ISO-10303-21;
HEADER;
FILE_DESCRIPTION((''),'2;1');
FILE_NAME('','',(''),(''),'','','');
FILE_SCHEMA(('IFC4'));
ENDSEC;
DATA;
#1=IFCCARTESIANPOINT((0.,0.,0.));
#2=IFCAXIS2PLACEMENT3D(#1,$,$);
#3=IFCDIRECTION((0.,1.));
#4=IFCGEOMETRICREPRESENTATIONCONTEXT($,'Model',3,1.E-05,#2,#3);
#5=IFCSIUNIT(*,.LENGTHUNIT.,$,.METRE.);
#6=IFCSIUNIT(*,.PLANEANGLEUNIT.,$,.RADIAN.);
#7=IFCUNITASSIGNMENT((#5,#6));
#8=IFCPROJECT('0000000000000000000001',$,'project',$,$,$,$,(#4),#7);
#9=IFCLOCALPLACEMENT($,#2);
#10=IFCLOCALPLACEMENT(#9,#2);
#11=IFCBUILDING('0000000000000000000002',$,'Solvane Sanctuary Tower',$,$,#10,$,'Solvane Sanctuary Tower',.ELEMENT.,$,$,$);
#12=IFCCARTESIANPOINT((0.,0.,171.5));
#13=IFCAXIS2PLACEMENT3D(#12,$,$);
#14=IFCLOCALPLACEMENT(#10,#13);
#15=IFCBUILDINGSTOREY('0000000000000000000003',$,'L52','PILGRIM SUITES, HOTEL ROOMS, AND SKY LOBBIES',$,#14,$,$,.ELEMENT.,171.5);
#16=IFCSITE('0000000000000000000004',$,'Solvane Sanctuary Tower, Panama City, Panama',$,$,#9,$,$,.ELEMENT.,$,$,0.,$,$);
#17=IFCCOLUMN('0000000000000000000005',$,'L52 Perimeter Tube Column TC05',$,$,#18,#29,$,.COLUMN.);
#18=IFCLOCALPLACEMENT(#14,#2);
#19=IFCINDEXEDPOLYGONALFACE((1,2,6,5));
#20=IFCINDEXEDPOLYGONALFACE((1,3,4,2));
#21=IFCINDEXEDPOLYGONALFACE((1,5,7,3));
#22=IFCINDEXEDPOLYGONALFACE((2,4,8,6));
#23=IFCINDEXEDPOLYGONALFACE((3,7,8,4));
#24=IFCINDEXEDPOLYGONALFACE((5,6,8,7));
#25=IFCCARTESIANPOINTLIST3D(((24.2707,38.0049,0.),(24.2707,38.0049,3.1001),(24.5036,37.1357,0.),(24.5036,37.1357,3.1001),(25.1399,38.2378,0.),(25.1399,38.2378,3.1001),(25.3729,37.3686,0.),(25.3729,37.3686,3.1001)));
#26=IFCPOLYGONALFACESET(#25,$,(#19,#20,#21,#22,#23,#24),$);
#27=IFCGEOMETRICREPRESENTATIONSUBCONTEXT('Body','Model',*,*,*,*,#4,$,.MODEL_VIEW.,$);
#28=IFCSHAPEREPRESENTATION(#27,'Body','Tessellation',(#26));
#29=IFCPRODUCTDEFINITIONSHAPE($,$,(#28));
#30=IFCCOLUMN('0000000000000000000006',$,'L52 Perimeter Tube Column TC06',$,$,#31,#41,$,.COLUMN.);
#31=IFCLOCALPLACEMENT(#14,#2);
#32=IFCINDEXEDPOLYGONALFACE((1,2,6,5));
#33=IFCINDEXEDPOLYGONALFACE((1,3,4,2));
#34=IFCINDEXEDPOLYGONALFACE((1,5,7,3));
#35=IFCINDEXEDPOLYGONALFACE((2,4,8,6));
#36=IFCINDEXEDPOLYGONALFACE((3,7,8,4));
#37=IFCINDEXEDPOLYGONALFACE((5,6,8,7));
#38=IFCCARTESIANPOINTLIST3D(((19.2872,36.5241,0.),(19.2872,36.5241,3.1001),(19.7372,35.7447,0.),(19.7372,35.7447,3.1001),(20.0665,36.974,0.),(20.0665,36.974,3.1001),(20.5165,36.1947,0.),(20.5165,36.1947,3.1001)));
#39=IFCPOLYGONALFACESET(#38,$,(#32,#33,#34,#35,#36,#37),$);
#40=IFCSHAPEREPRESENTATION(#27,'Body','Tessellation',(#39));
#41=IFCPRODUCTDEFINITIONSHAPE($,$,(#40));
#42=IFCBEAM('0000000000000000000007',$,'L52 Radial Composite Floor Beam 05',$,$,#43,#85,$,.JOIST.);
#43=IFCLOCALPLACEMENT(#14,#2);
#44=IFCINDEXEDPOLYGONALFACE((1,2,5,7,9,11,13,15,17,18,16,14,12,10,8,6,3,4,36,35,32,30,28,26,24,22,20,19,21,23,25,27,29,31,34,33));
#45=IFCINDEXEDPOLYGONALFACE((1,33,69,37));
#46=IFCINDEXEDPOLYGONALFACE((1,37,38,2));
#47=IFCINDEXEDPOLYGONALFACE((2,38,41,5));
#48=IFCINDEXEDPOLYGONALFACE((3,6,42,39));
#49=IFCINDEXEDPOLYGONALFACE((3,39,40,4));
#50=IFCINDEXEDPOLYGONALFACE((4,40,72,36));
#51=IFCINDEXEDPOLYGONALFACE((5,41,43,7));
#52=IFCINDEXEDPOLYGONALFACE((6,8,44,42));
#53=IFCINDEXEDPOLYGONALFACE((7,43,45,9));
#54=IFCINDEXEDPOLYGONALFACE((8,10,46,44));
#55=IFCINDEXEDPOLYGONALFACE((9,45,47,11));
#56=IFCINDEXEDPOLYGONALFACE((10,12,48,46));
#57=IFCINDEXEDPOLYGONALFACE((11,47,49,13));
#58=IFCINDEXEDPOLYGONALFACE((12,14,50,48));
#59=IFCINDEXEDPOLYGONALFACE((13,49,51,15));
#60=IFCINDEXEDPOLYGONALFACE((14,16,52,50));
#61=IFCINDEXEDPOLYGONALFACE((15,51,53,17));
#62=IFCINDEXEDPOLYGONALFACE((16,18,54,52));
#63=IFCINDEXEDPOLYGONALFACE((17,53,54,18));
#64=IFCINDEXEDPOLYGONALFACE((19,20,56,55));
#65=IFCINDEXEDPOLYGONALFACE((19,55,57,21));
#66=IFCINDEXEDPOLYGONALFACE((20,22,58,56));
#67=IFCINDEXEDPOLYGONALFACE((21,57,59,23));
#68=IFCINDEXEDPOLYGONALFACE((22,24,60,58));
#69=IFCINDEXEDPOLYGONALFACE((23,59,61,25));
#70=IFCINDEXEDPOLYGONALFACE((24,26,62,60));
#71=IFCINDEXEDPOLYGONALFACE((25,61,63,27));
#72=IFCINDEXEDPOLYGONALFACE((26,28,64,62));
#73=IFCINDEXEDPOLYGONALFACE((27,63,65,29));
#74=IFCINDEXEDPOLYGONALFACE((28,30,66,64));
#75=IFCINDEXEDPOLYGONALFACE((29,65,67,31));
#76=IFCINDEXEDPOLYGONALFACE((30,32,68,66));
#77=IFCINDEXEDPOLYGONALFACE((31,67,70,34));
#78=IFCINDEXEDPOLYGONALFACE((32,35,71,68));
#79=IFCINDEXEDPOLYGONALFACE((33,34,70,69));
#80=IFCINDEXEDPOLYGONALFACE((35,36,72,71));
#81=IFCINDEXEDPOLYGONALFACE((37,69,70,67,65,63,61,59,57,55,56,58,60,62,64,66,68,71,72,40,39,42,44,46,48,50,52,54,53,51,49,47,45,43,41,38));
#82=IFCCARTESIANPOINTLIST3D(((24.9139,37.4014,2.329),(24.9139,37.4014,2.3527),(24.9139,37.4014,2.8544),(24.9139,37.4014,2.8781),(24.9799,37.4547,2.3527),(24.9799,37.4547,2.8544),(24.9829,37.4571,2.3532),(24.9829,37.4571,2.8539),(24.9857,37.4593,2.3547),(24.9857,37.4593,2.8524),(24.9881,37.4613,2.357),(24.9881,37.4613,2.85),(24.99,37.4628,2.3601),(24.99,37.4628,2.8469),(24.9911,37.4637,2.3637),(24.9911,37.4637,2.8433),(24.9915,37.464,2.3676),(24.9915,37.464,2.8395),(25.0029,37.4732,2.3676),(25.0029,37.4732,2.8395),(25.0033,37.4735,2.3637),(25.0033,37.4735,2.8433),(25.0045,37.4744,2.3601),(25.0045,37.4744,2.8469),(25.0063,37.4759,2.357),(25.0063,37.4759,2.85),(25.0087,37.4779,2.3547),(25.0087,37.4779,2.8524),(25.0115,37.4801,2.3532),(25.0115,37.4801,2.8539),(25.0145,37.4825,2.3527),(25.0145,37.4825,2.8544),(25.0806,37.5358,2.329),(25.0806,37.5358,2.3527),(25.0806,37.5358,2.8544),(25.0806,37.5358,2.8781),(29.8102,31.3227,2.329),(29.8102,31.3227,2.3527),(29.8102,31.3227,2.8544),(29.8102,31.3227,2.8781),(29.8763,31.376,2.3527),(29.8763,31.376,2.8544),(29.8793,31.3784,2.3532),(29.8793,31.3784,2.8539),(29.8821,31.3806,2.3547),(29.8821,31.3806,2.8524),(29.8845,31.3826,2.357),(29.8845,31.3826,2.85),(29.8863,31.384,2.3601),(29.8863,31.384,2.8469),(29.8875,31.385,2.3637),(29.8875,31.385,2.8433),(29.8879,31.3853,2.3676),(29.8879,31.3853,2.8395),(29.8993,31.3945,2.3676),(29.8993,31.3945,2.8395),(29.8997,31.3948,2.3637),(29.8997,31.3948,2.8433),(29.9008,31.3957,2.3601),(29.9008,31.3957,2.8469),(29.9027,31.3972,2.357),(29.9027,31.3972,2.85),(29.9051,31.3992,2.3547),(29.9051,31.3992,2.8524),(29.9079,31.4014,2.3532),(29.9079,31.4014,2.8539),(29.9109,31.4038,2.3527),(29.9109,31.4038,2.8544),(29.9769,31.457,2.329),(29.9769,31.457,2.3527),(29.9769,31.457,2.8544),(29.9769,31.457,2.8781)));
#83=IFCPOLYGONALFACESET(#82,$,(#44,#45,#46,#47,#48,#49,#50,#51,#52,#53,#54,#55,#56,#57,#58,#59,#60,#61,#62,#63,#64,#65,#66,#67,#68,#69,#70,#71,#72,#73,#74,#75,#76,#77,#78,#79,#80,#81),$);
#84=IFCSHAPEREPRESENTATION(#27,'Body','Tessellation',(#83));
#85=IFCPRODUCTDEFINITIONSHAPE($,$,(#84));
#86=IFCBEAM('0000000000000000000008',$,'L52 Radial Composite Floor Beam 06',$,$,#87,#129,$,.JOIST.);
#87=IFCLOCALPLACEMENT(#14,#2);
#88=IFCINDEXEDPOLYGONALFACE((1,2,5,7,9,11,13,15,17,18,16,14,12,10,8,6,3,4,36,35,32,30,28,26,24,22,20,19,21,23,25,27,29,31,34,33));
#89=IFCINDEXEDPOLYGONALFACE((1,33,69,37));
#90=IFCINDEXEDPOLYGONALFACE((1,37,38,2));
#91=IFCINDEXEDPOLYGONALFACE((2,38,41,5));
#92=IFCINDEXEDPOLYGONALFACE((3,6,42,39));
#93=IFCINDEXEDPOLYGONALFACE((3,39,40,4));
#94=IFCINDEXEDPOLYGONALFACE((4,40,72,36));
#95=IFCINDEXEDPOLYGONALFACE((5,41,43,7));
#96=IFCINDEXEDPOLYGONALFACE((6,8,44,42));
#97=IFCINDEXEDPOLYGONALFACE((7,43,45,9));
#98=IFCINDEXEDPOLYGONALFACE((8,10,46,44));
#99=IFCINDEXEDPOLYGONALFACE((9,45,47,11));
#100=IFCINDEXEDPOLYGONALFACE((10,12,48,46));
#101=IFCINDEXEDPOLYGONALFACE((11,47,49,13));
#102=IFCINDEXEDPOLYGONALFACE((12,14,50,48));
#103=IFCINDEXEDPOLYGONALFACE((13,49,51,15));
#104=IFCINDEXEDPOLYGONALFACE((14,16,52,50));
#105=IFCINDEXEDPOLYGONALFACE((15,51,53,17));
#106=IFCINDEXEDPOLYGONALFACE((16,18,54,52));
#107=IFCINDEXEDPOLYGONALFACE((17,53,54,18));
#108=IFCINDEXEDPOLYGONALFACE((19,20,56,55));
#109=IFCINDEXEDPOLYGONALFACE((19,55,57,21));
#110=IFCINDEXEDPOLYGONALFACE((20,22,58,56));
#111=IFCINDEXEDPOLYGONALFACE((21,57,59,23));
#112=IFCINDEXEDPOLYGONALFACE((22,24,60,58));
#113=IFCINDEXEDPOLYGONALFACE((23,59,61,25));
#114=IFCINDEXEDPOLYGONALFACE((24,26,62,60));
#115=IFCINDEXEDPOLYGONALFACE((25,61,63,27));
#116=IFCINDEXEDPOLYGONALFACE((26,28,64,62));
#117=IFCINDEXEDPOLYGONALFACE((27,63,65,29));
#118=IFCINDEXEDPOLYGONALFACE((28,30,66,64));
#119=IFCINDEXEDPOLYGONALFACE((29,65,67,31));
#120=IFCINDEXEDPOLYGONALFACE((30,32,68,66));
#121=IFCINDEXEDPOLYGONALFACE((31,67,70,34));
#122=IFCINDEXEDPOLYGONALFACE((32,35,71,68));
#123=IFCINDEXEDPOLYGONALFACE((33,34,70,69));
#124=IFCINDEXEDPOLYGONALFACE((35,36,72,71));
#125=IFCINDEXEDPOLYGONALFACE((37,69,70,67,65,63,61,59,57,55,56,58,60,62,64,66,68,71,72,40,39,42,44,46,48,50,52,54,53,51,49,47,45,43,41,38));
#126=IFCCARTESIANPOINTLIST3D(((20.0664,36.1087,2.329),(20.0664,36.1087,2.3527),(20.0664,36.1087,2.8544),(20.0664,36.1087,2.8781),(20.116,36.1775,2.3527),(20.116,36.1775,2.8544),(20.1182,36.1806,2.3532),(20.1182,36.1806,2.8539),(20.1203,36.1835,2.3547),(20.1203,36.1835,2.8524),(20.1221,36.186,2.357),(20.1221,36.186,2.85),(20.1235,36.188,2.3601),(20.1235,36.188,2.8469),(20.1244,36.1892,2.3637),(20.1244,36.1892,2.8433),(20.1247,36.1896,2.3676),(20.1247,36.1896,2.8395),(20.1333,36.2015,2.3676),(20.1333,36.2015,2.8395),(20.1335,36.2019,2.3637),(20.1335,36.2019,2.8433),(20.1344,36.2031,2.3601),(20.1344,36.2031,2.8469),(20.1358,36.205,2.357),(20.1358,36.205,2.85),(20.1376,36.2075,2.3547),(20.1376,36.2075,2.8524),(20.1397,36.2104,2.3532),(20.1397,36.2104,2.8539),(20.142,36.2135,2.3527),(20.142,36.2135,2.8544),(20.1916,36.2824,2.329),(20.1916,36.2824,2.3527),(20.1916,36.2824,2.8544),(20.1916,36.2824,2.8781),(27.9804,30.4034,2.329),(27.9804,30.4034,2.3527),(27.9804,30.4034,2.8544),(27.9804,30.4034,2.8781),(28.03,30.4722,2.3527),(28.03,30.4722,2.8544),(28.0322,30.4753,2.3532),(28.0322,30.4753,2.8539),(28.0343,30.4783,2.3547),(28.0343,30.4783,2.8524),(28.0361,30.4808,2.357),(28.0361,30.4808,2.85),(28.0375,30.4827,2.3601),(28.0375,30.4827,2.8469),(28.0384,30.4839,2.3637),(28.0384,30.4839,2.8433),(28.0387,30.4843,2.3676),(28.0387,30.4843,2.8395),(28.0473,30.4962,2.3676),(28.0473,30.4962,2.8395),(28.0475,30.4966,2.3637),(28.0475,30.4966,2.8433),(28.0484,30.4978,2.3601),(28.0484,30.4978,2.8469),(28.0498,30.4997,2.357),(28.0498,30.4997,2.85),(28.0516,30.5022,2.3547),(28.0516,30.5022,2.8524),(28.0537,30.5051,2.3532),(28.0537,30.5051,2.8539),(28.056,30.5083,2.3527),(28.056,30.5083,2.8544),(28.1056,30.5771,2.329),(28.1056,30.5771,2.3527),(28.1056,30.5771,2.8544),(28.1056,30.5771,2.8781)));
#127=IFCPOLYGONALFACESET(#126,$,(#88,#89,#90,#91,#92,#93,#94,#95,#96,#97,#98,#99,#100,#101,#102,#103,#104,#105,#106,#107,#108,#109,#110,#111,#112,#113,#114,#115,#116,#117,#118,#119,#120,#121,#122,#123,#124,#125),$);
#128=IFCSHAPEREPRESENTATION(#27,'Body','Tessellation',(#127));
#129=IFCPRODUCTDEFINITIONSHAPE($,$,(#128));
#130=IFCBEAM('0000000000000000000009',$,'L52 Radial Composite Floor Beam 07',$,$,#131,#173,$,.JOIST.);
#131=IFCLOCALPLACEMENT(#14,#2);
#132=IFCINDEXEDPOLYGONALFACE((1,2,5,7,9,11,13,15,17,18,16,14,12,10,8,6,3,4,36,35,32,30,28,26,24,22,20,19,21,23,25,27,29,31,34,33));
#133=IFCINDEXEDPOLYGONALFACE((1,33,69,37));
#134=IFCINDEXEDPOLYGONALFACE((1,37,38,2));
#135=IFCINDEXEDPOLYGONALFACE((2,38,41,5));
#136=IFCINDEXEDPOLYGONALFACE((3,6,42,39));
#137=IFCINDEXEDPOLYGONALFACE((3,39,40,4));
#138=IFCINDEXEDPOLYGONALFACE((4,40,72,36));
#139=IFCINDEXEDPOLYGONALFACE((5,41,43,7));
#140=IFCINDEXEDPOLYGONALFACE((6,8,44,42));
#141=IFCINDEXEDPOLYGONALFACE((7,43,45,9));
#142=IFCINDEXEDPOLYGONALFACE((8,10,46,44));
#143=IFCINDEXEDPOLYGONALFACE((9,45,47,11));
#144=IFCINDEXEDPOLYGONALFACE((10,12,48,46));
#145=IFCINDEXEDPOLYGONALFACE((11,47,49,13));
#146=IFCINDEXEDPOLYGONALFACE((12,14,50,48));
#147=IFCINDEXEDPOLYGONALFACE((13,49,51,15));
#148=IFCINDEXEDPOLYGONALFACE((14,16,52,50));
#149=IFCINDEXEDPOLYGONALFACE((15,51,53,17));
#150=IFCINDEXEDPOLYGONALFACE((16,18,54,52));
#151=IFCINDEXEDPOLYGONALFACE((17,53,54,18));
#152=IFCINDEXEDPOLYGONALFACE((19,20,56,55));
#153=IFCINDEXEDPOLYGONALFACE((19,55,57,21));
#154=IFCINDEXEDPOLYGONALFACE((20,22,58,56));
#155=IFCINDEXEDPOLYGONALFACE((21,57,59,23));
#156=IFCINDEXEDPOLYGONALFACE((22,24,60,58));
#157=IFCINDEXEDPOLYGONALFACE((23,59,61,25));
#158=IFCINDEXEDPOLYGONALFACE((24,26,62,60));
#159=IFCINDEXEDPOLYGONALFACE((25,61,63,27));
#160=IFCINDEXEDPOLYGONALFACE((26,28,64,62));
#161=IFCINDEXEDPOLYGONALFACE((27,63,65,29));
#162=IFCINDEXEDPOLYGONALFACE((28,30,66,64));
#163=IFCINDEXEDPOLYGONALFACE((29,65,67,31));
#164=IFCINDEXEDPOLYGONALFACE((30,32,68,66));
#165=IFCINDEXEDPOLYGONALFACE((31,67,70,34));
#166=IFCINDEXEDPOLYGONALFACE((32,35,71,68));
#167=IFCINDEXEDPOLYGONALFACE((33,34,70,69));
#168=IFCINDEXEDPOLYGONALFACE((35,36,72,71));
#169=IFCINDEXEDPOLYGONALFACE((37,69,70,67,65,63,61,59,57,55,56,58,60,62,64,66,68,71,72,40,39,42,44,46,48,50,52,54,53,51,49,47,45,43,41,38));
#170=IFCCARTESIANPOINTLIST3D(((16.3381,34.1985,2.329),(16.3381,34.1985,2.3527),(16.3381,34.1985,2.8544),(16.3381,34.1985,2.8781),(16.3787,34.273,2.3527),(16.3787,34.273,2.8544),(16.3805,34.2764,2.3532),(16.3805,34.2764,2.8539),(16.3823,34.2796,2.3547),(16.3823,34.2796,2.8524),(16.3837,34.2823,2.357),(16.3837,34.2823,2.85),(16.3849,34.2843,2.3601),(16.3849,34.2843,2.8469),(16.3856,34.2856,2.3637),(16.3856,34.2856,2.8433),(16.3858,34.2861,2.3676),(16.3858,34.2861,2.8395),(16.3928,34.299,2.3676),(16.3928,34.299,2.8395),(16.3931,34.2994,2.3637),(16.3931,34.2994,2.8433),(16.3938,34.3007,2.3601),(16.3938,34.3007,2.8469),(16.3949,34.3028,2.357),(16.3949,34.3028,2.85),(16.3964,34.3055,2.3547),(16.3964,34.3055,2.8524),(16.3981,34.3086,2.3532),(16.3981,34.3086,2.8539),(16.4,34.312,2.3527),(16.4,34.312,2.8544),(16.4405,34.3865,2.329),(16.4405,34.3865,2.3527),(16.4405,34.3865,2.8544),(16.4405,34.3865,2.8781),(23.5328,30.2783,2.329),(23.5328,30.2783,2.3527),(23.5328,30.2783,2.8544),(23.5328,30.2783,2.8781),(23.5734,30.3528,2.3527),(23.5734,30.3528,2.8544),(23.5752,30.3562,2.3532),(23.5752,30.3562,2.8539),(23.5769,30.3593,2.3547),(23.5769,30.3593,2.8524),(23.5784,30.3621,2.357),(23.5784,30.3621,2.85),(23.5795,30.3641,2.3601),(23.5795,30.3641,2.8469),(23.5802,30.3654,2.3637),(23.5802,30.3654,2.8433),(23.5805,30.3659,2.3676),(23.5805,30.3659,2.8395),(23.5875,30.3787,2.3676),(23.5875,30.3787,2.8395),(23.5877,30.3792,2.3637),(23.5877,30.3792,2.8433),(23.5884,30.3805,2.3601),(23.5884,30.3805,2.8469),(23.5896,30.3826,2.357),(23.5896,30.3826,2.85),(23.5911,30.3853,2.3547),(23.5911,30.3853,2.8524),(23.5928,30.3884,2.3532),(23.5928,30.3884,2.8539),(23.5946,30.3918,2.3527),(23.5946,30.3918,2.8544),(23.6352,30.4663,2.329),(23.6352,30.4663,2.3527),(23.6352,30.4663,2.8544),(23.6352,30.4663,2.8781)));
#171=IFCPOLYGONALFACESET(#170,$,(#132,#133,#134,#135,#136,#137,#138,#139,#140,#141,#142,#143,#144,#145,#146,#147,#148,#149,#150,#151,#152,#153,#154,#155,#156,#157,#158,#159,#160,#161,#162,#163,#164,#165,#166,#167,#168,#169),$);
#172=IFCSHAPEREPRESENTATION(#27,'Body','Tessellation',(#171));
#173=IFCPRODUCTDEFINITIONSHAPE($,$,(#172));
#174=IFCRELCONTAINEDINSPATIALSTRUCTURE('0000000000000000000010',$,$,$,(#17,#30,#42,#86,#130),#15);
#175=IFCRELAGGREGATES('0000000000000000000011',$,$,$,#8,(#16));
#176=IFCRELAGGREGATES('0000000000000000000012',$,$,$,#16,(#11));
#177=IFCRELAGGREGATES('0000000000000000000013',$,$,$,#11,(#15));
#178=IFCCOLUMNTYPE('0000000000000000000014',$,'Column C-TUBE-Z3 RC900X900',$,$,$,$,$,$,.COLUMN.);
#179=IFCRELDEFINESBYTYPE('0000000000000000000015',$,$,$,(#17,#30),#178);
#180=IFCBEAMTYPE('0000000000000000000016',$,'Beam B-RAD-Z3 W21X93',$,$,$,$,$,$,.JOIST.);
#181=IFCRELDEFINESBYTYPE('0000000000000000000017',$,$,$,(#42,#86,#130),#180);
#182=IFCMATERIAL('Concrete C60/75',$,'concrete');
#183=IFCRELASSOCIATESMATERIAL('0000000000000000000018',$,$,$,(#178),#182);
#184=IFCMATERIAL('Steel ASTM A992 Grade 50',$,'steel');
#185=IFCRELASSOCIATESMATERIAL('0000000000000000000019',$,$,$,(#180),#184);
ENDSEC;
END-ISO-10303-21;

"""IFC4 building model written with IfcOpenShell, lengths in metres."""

from ifc_helpers import new_model, si_unit, direction, frame, origin, origin_2d, place, context, subcontext, project, spatial, rectangle, i_section, extrude, material, material_profile, profile_set, type_object, element, save


model = new_model("IFC4")

# Units and contexts
model_context = context("Model", 3, precision=1e-05, world=origin(), true_north=direction((0.0, 1.0)))
body_context = subcontext(model_context, "Body", "Model", "MODEL_VIEW")
ifc_project = project(units=[si_unit("LENGTHUNIT", "METRE"), si_unit("PLANEANGLEUNIT", "RADIAN")], contexts=[model_context])

# Site, building, storey
site_placement = place(None, origin())
site = spatial("IfcSite", under=ifc_project, at=site_placement, Name="Solvane Sanctuary Tower, Panama City, Panama", CompositionType="ELEMENT", RefElevation=0.0)
building_placement = place(site_placement, origin())
building = spatial("IfcBuilding", under=site, at=building_placement, Name="Solvane Sanctuary Tower", LongName="Solvane Sanctuary Tower", CompositionType="ELEMENT")
storey_placement = place(building_placement, frame((0.0, 0.0, 171.5)))
storey = spatial("IfcBuildingStorey", under=building, at=storey_placement, Name="L52", Description="PILGRIM SUITES, HOTEL ROOMS, AND SKY LOBBIES", CompositionType="ELEMENT", Elevation=171.5)

# Columns
ifc_material_1 = material(Name="Concrete C60/75", Category="concrete")
ifc_material_profile_1 = material_profile(ifc_material_1, rectangle(XDim=0.8999, YDim=0.8999, at=origin_2d()), Name="RC900X900")
ifc_profile_set_1 = profile_set([ifc_material_profile_1], Name="Concrete C60/75")
column_type = type_object("IfcColumnType", Name="Column C-TUBE-Z3 RC900X900", PredefinedType="COLUMN", material=ifc_profile_set_1)
for number, where, z_axis, x_axis, name in (
    (1, (24.8218, 37.6868, 0.0), (0.0, 0.0, 1.0), (-0.258819, 0.965926, 0.0), "L52 Perimeter Tube Column TC05"),
    (2, (19.9019, 36.3594, 0.0), (0.0, 0.0, 1.0), (-0.5, 0.866025, 0.0), "L52 Perimeter Tube Column TC06"),
):
    element("IfcColumn", number, at=place(storey_placement, frame(where, z_axis=z_axis, x_axis=x_axis)), inside=storey, type_object=column_type, Name=name, PredefinedType="COLUMN", context=body_context, shape_type="SweptSolid", body=[
        extrude(rectangle(XDim=0.8999, YDim=0.8999, at=origin_2d()), origin(), (0.0, 0.0, 1.0), 3.1001),
    ])

# Beams
ifc_material_2 = material(Name="Steel ASTM A992 Grade 50", Category="steel")
ifc_material_profile_2 = material_profile(ifc_material_2, i_section(OverallWidth=0.2141, OverallDepth=0.5491, WebThickness=0.0146, FlangeThickness=0.0237, FilletRadius=0.0149, at=origin_2d()), Name="W21X93")
ifc_profile_set_2 = profile_set([ifc_material_profile_2], Name="Steel ASTM A992 Grade 50")
beam_type_1 = type_object("IfcBeamType", Name="Beam B-RAD-Z3 W21X93", PredefinedType="JOIST", material=ifc_profile_set_2)
beam_1_placement = place(storey_placement, frame((29.8936, 31.3899, 2.6035), z_axis=(-0.627297, 0.77878, 0.0), x_axis=(-0.77878, -0.627297, 0.0)))
element("IfcBeam", 3, at=beam_1_placement, inside=storey, type_object=beam_type_1, Name="L52 Radial Composite Floor Beam 05", PredefinedType="JOIST", context=body_context, shape_type="SweptSolid", body=[
    extrude(i_section(OverallWidth=0.2141, OverallDepth=0.5491, WebThickness=0.0146, FlangeThickness=0.0237, FilletRadius=0.0149, at=origin_2d()), origin(), (0.0, 0.0, 1.0), 7.8054),
])
beam_2_placement = place(storey_placement, frame((28.043, 30.4902, 2.6035), z_axis=(-0.811184, 0.58479, 0.0), x_axis=(-0.58479, -0.811184, 0.0)))
element("IfcBeam", 4, at=beam_2_placement, inside=storey, type_object=beam_type_1, Name="L52 Radial Composite Floor Beam 06", PredefinedType="JOIST", context=body_context, shape_type="SweptSolid", body=[
    extrude(i_section(OverallWidth=0.2141, OverallDepth=0.5491, WebThickness=0.0146, FlangeThickness=0.0237, FilletRadius=0.0149, at=origin_2d()), origin(), (0.0, 0.0, 1.0), 9.7561),
])
beam_3_placement = place(storey_placement, frame((23.584, 30.3723, 2.6035), z_axis=(-0.878108, 0.478462, 0.0), x_axis=(-0.478462, -0.878108, 0.0)))
element("IfcBeam", 5, at=beam_3_placement, inside=storey, type_object=beam_type_1, Name="L52 Radial Composite Floor Beam 07", PredefinedType="JOIST", context=body_context, shape_type="SweptSolid", body=[
    extrude(i_section(OverallWidth=0.2141, OverallDepth=0.5491, WebThickness=0.0146, FlangeThickness=0.0237, FilletRadius=0.0149, at=origin_2d()), origin(), (0.0, 0.0, 1.0), 8.1934),
])

save(model, "model.ifc")
